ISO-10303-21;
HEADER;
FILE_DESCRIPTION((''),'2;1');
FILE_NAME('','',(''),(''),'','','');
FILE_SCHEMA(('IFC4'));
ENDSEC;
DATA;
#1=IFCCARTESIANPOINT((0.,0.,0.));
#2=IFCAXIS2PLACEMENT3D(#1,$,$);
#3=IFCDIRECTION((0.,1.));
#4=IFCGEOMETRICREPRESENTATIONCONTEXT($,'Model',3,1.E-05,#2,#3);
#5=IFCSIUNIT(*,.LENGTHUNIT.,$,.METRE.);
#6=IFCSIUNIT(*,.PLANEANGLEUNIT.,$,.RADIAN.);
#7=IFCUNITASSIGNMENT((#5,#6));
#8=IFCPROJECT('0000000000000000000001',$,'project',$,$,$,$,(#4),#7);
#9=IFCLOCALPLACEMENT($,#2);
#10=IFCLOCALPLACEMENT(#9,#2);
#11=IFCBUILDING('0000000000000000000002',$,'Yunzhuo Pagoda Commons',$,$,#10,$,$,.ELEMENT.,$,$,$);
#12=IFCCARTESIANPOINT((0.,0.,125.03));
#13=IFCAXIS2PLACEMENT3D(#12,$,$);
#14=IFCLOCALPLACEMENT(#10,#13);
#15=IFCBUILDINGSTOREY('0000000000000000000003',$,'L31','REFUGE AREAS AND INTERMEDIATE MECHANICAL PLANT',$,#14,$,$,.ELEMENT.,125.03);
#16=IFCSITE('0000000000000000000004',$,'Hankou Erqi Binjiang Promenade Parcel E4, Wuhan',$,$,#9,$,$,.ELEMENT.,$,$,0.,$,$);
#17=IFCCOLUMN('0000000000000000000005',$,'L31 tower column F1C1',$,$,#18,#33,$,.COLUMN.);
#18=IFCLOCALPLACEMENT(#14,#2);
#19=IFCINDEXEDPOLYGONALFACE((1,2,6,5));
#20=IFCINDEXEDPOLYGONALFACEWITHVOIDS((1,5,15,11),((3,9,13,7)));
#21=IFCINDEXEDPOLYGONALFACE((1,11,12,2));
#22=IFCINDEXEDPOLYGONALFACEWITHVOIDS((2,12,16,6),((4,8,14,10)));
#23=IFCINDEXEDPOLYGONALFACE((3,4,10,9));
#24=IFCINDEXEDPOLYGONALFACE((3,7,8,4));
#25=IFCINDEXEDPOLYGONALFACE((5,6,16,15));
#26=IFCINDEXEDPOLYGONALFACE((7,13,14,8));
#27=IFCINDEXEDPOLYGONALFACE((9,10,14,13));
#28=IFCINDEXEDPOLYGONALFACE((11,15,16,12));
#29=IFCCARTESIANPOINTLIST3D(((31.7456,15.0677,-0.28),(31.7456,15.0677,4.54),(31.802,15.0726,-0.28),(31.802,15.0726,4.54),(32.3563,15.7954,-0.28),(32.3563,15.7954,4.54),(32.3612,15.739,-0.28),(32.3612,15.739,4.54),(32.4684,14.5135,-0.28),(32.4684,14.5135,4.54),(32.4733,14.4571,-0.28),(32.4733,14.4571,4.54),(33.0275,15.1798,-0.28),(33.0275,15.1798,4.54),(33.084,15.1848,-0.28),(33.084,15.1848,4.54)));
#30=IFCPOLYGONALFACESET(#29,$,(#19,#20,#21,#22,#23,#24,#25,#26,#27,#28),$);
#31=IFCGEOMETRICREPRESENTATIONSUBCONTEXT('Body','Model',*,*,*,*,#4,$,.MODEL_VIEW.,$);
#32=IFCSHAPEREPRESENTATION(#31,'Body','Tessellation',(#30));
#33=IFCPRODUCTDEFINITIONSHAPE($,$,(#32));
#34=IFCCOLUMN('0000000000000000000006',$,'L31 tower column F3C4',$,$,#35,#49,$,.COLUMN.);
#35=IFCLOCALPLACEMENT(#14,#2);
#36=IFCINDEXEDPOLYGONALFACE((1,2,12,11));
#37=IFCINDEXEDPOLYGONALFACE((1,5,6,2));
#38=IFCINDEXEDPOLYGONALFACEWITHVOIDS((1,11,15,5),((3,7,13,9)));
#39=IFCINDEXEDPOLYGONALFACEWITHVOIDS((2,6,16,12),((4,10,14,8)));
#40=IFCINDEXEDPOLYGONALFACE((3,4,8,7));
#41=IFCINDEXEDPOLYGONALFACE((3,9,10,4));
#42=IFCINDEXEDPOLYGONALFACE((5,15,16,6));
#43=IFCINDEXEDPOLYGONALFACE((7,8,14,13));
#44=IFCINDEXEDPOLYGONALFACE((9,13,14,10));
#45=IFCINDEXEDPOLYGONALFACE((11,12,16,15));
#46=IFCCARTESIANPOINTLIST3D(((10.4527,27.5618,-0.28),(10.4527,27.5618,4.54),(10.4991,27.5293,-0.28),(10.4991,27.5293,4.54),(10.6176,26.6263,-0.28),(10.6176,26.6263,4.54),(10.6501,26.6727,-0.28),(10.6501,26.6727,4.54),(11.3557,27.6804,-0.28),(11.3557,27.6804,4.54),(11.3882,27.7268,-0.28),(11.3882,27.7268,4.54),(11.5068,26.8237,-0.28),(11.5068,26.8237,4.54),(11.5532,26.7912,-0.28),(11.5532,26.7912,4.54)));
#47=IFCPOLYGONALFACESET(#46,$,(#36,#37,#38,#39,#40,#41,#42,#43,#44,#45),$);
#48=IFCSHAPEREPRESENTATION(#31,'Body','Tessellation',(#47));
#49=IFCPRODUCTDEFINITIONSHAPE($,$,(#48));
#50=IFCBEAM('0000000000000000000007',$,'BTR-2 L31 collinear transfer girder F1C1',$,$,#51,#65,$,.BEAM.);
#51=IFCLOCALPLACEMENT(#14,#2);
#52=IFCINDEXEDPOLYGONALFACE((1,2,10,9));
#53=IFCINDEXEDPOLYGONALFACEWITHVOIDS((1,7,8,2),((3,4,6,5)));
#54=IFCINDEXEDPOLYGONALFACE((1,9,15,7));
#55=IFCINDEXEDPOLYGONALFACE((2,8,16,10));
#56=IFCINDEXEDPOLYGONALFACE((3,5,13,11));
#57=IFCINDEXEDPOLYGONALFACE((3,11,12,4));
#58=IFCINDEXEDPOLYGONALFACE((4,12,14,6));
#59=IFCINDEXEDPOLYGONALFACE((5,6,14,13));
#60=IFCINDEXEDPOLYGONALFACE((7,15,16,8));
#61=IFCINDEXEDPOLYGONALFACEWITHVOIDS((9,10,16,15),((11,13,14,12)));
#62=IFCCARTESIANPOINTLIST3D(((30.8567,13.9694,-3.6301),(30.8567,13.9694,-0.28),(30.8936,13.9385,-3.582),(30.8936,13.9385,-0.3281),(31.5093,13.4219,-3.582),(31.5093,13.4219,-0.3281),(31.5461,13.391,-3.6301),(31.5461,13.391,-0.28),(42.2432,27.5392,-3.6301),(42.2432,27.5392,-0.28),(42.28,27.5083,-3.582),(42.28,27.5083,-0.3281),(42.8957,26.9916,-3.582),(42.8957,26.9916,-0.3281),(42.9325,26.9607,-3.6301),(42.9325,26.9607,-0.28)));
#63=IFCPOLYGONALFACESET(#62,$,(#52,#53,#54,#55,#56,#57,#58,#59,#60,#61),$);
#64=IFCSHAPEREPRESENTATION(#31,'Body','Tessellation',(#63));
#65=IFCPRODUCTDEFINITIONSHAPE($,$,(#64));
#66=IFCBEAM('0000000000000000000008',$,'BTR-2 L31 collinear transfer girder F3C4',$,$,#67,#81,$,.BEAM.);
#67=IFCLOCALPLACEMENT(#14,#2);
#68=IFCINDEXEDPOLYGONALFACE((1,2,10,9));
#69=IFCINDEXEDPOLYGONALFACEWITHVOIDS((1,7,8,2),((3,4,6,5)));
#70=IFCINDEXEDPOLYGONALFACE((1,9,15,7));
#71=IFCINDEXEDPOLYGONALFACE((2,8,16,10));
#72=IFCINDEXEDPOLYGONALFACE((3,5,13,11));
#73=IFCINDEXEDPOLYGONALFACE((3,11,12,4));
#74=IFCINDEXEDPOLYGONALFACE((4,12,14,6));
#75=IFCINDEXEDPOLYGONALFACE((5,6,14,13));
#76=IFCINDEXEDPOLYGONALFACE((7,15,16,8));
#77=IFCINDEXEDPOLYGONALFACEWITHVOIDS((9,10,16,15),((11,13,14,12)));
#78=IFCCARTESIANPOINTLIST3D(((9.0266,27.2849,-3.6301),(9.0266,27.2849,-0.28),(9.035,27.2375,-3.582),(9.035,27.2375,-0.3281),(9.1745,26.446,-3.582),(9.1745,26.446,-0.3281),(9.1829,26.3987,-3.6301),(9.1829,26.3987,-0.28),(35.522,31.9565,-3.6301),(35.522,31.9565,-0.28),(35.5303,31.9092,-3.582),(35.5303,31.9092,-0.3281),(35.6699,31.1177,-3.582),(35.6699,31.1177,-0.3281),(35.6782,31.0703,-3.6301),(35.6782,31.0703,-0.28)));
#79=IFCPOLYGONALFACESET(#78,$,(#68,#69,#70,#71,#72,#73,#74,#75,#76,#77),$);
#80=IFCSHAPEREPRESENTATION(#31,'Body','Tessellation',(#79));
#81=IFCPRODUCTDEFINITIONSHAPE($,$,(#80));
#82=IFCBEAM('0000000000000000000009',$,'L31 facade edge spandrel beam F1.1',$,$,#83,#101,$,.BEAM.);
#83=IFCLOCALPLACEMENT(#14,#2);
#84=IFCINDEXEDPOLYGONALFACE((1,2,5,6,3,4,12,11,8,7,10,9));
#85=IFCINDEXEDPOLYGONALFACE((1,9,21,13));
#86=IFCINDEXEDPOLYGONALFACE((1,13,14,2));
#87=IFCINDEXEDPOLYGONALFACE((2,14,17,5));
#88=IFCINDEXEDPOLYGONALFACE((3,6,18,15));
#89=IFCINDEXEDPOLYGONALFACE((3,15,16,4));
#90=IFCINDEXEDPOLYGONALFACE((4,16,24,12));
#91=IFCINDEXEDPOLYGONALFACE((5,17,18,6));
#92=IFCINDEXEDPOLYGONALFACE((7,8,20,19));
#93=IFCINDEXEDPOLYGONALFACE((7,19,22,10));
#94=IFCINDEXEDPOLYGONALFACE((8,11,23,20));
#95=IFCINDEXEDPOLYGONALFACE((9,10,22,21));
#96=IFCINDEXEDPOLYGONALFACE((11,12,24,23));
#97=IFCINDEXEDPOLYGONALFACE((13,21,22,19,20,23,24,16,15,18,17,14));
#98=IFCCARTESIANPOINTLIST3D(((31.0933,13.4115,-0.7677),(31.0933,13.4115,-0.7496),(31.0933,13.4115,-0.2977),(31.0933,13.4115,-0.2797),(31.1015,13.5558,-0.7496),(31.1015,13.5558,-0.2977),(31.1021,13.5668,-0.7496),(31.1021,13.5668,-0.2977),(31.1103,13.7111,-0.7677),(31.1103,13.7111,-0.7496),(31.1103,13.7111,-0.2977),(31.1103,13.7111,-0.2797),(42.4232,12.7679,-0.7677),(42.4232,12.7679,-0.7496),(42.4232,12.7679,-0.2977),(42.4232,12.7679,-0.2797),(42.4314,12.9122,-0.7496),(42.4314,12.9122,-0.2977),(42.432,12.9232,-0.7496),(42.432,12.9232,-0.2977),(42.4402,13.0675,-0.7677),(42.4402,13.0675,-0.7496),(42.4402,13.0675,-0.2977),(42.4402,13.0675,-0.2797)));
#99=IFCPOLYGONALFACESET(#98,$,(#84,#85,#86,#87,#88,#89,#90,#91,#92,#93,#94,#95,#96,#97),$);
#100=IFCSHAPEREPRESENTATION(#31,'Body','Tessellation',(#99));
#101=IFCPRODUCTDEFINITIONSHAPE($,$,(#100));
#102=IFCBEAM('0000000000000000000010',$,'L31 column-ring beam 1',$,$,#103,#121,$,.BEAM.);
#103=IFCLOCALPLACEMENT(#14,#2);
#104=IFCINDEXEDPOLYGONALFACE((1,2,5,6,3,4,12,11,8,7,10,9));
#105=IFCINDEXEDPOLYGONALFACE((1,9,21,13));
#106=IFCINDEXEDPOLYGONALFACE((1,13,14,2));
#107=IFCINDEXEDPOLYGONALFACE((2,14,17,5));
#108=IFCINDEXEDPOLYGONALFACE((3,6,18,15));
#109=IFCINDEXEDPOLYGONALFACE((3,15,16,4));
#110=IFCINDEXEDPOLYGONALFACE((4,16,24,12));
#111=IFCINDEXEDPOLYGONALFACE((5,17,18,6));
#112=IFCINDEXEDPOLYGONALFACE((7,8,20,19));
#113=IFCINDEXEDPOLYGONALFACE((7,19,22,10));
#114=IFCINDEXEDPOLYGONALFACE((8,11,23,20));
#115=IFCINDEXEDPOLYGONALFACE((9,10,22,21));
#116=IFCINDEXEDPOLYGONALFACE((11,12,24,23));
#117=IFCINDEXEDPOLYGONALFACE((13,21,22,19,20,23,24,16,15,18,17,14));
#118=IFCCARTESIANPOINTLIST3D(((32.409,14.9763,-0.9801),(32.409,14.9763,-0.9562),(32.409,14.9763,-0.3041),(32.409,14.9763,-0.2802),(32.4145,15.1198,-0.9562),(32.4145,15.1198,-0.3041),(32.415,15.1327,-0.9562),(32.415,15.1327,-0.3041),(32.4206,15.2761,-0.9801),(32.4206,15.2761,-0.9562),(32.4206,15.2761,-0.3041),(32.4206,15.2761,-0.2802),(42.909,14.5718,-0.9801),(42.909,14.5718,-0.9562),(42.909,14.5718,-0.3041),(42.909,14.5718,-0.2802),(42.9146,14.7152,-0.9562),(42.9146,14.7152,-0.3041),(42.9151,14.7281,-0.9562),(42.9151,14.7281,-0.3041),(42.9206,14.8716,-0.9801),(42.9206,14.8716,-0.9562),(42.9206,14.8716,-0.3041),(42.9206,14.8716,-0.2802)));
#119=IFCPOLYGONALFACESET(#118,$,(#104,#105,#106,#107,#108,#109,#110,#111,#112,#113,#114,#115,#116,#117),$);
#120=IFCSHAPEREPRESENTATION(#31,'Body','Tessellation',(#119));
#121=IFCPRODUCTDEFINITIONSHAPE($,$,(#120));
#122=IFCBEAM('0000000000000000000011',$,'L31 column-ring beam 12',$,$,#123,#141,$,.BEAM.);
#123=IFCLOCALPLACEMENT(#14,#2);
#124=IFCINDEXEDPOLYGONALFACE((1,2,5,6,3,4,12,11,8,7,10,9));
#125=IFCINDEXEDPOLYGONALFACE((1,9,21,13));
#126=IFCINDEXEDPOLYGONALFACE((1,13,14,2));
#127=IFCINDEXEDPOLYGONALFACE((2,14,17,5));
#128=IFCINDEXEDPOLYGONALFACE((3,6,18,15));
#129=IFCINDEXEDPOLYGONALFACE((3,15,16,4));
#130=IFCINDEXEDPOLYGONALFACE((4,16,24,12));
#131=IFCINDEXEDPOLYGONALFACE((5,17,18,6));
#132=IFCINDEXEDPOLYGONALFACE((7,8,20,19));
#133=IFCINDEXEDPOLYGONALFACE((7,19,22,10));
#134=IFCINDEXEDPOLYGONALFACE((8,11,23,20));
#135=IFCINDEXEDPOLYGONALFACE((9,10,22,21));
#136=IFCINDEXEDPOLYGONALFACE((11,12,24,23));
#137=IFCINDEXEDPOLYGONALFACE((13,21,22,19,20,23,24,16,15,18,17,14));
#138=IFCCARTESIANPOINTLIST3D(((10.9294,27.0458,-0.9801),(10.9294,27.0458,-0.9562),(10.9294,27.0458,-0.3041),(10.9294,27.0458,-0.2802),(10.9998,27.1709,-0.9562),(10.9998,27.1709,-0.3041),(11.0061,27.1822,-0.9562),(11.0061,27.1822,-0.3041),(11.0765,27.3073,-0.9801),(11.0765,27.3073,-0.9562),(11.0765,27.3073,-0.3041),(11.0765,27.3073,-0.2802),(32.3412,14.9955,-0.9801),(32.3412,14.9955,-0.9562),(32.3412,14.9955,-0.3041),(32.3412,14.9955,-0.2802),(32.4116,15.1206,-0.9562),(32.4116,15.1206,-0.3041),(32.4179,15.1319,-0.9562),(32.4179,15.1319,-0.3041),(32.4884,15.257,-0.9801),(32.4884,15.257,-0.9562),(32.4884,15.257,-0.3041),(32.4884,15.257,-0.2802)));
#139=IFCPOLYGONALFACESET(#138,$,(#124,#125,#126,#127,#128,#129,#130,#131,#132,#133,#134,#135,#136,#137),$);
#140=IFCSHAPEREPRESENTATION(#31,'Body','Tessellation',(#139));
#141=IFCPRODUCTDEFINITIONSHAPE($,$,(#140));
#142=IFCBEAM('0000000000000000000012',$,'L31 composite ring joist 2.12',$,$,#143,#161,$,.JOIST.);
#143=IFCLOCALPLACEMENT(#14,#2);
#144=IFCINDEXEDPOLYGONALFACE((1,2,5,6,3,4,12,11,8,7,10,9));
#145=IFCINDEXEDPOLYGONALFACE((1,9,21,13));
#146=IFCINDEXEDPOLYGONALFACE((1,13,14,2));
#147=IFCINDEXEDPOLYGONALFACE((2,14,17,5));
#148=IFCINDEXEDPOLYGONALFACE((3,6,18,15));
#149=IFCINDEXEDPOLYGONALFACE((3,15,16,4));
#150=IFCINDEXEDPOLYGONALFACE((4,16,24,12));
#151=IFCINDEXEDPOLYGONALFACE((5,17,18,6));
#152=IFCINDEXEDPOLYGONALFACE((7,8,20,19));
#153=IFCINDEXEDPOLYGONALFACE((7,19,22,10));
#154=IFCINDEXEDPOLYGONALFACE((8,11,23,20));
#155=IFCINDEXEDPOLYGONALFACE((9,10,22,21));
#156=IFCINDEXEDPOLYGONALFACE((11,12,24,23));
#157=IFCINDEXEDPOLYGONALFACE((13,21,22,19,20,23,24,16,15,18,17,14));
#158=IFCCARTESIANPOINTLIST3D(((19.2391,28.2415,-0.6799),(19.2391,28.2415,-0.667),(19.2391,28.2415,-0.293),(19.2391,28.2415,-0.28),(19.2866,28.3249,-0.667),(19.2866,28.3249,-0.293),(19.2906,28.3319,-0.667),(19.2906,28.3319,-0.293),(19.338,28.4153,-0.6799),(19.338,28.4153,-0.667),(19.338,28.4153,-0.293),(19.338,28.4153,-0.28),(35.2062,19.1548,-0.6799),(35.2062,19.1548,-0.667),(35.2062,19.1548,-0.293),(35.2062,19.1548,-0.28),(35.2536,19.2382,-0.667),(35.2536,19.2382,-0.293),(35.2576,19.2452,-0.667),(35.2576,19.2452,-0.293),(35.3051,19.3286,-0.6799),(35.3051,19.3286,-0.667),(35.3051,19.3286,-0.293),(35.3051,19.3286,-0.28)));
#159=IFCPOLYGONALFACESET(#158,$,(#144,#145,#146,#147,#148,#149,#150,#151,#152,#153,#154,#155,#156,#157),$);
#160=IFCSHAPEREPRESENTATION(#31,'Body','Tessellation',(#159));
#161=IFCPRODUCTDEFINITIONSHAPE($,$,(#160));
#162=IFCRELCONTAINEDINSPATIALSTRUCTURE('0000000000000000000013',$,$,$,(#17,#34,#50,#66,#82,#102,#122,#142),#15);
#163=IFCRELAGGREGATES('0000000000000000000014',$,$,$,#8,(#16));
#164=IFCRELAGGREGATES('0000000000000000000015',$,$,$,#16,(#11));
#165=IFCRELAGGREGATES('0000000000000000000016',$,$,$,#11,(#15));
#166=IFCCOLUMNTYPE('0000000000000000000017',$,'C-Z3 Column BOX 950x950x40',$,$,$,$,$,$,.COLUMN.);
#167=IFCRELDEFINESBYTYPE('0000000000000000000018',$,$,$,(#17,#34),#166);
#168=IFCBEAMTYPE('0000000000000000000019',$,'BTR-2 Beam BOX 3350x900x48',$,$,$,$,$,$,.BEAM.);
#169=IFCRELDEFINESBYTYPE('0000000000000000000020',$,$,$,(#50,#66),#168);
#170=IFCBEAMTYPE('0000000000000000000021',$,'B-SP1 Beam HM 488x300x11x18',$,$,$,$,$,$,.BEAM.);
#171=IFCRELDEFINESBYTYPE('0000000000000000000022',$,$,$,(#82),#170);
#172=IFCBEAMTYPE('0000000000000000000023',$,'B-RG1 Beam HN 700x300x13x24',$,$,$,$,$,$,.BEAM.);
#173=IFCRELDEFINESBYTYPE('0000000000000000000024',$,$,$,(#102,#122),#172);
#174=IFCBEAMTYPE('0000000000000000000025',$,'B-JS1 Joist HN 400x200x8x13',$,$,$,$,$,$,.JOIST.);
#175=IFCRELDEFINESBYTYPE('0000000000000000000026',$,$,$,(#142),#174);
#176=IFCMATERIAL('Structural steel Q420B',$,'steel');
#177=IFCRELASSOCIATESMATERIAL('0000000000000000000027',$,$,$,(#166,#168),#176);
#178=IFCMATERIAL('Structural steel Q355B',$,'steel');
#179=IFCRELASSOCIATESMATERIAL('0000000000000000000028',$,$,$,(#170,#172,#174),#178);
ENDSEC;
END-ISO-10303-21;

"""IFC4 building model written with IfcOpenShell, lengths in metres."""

from ifc_helpers import new_model, si_unit, direction, frame, origin, origin_2d, place, context, subcontext, project, spatial, hollow_rectangle, i_section, extrude, source, transform, mapped, material, material_profile, profile_set, type_object, element, save


model = new_model("IFC4")

# Units and contexts
model_context = context("Model", 3, precision=1e-05, world=origin(), true_north=direction((0.0, 1.0)))
body_context = subcontext(model_context, "Body", "Model", "MODEL_VIEW")
ifc_project = project(units=[si_unit("LENGTHUNIT", "METRE"), si_unit("PLANEANGLEUNIT", "RADIAN")], contexts=[model_context])

# Site, building, storey
site_placement = place(None, origin())
site = spatial("IfcSite", under=ifc_project, at=site_placement, Name="Hankou Erqi Binjiang Promenade Parcel E4, Wuhan", CompositionType="ELEMENT", RefElevation=0.0)
building_placement = place(site_placement, origin())
building = spatial("IfcBuilding", under=site, at=building_placement, Name="Yunzhuo Pagoda Commons", CompositionType="ELEMENT")
storey_placement = place(building_placement, frame((0.0, 0.0, 125.03)))
storey = spatial("IfcBuildingStorey", under=building, at=storey_placement, Name="L31", Description="REFUGE AREAS AND INTERMEDIATE MECHANICAL PLANT", CompositionType="ELEMENT", Elevation=125.03)

# Columns
ifc_material_1 = material(Name="Structural steel Q420B", Category="steel")
ifc_material_profile_1 = material_profile(ifc_material_1, hollow_rectangle(XDim=0.95, YDim=0.95, WallThickness=0.04, at=origin_2d()), Name="Structural steel Q420B")
ifc_profile_set_1 = profile_set([ifc_material_profile_1], Name="Structural steel Q420B")
column_type = type_object("IfcColumnType", Name="C-Z3 Column BOX 950x950x40", PredefinedType="COLUMN", material=ifc_profile_set_1)
shared_shape_1 = source(origin(), body_context, "Body", "SweptSolid", [
    extrude(hollow_rectangle(XDim=0.95, YDim=0.95, WallThickness=0.04, at=origin_2d()), origin(), (0.0, 0.0, 1.0), 4.8201),
])
for number, where, z_axis, x_axis, name in (
    (1, (32.4148, 15.1262, -0.28), (0.0, 0.0, 1.0), (0.766044, -0.642788, 0.0), "L31 tower column F1C1"),
    (2, (11.0029, 27.1765, -0.28), (0.0, 0.0, 1.0), (0.173648, -0.984808, 0.0), "L31 tower column F3C4"),
):
    element("IfcColumn", number, at=place(storey_placement, frame(where, z_axis=z_axis, x_axis=x_axis)), inside=storey, type_object=column_type, Name=name, PredefinedType="COLUMN", context=body_context, shape_type="MappedRepresentation", body=[
        mapped(shared_shape_1, transform((0.0, 0.0, 0.0), scale=1.0)),
    ])

# Beams
ifc_material_profile_2 = material_profile(ifc_material_1, hollow_rectangle(XDim=0.8999, YDim=3.3501, WallThickness=0.0481, at=origin_2d()), Name="Structural steel Q420B")
ifc_profile_set_2 = profile_set([ifc_material_profile_2], Name="Structural steel Q420B")
beam_type_1 = type_object("IfcBeamType", Name="BTR-2 Beam BOX 3350x900x48", PredefinedType="BEAM", material=ifc_profile_set_2)
shared_shape_2 = source(origin(), body_context, "Body", "SweptSolid", [
    extrude(hollow_rectangle(XDim=0.8999, YDim=3.3501, WallThickness=0.0481, at=origin_2d()), origin(), (0.0, 0.0, 1.0), 17.7141),
])
beam_1_placement = place(storey_placement, frame((31.2014, 13.6802, -1.9551), z_axis=(0.642789, 0.766043, 0.0), x_axis=(-0.766043, 0.642789, 0.0)))
element("IfcBeam", 3, at=beam_1_placement, inside=storey, type_object=beam_type_1, Name="BTR-2 L31 collinear transfer girder F1C1", PredefinedType="BEAM", context=body_context, shape_type="MappedRepresentation", body=[
    mapped(shared_shape_2, transform((0.0, 0.0, 0.0), scale=1.0)),
])
shared_shape_3 = source(origin(), body_context, "Body", "SweptSolid", [
    extrude(hollow_rectangle(XDim=0.8999, YDim=3.3501, WallThickness=0.0481, at=origin_2d()), origin(), (0.0, 0.0, 1.0), 26.9041),
])
beam_2_placement = place(storey_placement, frame((9.1047, 26.8418, -1.9551), z_axis=(0.984809, 0.17364, 0.0), x_axis=(-0.17364, 0.984809, 0.0)))
element("IfcBeam", 4, at=beam_2_placement, inside=storey, type_object=beam_type_1, Name="BTR-2 L31 collinear transfer girder F3C4", PredefinedType="BEAM", context=body_context, shape_type="MappedRepresentation", body=[
    mapped(shared_shape_3, transform((0.0, 0.0, 0.0), scale=1.0)),
])
ifc_material_2 = material(Name="Structural steel Q355B", Category="steel")
ifc_material_profile_3 = material_profile(ifc_material_2, i_section(OverallWidth=0.3, OverallDepth=0.488, WebThickness=0.011, FlangeThickness=0.0181, at=origin_2d()), Name="Structural steel Q355B")
ifc_profile_set_3 = profile_set([ifc_material_profile_3], Name="Structural steel Q355B")
beam_type_2 = type_object("IfcBeamType", Name="B-SP1 Beam HM 488x300x11x18", PredefinedType="BEAM", material=ifc_profile_set_3)
shared_shape_4 = source(origin(), body_context, "Body", "SweptSolid", [
    extrude(i_section(OverallWidth=0.3, OverallDepth=0.488, WebThickness=0.011, FlangeThickness=0.0181, at=origin_2d()), origin(), (0.0, 0.0, 1.0), 11.3481),
])
beam_3_placement = place(storey_placement, frame((31.1018, 13.5613, -0.5237), z_axis=(0.998391, -0.05671, 0.0), x_axis=(0.05671, 0.998391, 0.0)))
element("IfcBeam", 5, at=beam_3_placement, inside=storey, type_object=beam_type_2, Name="L31 facade edge spandrel beam F1.1", PredefinedType="BEAM", context=body_context, shape_type="MappedRepresentation", body=[
    mapped(shared_shape_4, transform((0.0, 0.0, 0.0), scale=1.0)),
])
ifc_material_profile_4 = material_profile(ifc_material_2, i_section(OverallWidth=0.3, OverallDepth=0.7, WebThickness=0.0129, FlangeThickness=0.0239, at=origin_2d()), Name="Structural steel Q355B")
ifc_profile_set_4 = profile_set([ifc_material_profile_4], Name="Structural steel Q355B")
beam_type_3 = type_object("IfcBeamType", Name="B-RG1 Beam HN 700x300x13x24", PredefinedType="BEAM", material=ifc_profile_set_4)
shared_shape_5 = source(origin(), body_context, "Body", "SweptSolid", [
    extrude(i_section(OverallWidth=0.3, OverallDepth=0.7, WebThickness=0.0129, FlangeThickness=0.0239, at=origin_2d()), origin(), (0.0, 0.0, 1.0), 10.5078),
])
beam_4_placement = place(storey_placement, frame((32.4148, 15.1262, -0.6301), z_axis=(0.999259, -0.038499, 0.0), x_axis=(0.038499, 0.999259, 0.0)))
element("IfcBeam", 6, at=beam_4_placement, inside=storey, type_object=beam_type_3, Name="L31 column-ring beam 1", PredefinedType="BEAM", context=body_context, shape_type="MappedRepresentation", body=[
    mapped(shared_shape_5, transform((0.0, 0.0, 0.0), scale=1.0)),
])
shared_shape_6 = source(origin(), body_context, "Body", "SweptSolid", [
    extrude(i_section(OverallWidth=0.3, OverallDepth=0.7, WebThickness=0.0129, FlangeThickness=0.0239, at=origin_2d()), origin(), (0.0, 0.0, 1.0), 24.5698),
])
beam_5_placement = place(storey_placement, frame((11.0029, 27.1765, -0.6301), z_axis=(0.871469, -0.49045, 0.0), x_axis=(0.49045, 0.871469, 0.0)))
element("IfcBeam", 7, at=beam_5_placement, inside=storey, type_object=beam_type_3, Name="L31 column-ring beam 12", PredefinedType="BEAM", context=body_context, shape_type="MappedRepresentation", body=[
    mapped(shared_shape_6, transform((0.0, 0.0, 0.0), scale=1.0)),
])
ifc_material_profile_5 = material_profile(ifc_material_2, i_section(OverallWidth=0.2, OverallDepth=0.3999, WebThickness=0.0081, FlangeThickness=0.0129, at=origin_2d()), Name="Structural steel Q355B")
ifc_profile_set_5 = profile_set([ifc_material_profile_5], Name="Structural steel Q355B")
beam_type_4 = type_object("IfcBeamType", Name="B-JS1 Joist HN 400x200x8x13", PredefinedType="JOIST", material=ifc_profile_set_5)
shared_shape_7 = source(origin(), body_context, "Body", "SweptSolid", [
    extrude(i_section(OverallWidth=0.2, OverallDepth=0.3999, WebThickness=0.0081, FlangeThickness=0.0129, at=origin_2d()), origin(), (0.0, 0.0, 1.0), 18.3716),
])
beam_6_placement = place(storey_placement, frame((19.2886, 28.3284, -0.48), z_axis=(0.869118, -0.494605, 0.0), x_axis=(0.494605, 0.869118, 0.0)))
element("IfcBeam", 8, at=beam_6_placement, inside=storey, type_object=beam_type_4, Name="L31 composite ring joist 2.12", PredefinedType="JOIST", context=body_context, shape_type="MappedRepresentation", body=[
    mapped(shared_shape_7, transform((0.0, 0.0, 0.0), scale=1.0)),
])

save(model, "model.ifc")
